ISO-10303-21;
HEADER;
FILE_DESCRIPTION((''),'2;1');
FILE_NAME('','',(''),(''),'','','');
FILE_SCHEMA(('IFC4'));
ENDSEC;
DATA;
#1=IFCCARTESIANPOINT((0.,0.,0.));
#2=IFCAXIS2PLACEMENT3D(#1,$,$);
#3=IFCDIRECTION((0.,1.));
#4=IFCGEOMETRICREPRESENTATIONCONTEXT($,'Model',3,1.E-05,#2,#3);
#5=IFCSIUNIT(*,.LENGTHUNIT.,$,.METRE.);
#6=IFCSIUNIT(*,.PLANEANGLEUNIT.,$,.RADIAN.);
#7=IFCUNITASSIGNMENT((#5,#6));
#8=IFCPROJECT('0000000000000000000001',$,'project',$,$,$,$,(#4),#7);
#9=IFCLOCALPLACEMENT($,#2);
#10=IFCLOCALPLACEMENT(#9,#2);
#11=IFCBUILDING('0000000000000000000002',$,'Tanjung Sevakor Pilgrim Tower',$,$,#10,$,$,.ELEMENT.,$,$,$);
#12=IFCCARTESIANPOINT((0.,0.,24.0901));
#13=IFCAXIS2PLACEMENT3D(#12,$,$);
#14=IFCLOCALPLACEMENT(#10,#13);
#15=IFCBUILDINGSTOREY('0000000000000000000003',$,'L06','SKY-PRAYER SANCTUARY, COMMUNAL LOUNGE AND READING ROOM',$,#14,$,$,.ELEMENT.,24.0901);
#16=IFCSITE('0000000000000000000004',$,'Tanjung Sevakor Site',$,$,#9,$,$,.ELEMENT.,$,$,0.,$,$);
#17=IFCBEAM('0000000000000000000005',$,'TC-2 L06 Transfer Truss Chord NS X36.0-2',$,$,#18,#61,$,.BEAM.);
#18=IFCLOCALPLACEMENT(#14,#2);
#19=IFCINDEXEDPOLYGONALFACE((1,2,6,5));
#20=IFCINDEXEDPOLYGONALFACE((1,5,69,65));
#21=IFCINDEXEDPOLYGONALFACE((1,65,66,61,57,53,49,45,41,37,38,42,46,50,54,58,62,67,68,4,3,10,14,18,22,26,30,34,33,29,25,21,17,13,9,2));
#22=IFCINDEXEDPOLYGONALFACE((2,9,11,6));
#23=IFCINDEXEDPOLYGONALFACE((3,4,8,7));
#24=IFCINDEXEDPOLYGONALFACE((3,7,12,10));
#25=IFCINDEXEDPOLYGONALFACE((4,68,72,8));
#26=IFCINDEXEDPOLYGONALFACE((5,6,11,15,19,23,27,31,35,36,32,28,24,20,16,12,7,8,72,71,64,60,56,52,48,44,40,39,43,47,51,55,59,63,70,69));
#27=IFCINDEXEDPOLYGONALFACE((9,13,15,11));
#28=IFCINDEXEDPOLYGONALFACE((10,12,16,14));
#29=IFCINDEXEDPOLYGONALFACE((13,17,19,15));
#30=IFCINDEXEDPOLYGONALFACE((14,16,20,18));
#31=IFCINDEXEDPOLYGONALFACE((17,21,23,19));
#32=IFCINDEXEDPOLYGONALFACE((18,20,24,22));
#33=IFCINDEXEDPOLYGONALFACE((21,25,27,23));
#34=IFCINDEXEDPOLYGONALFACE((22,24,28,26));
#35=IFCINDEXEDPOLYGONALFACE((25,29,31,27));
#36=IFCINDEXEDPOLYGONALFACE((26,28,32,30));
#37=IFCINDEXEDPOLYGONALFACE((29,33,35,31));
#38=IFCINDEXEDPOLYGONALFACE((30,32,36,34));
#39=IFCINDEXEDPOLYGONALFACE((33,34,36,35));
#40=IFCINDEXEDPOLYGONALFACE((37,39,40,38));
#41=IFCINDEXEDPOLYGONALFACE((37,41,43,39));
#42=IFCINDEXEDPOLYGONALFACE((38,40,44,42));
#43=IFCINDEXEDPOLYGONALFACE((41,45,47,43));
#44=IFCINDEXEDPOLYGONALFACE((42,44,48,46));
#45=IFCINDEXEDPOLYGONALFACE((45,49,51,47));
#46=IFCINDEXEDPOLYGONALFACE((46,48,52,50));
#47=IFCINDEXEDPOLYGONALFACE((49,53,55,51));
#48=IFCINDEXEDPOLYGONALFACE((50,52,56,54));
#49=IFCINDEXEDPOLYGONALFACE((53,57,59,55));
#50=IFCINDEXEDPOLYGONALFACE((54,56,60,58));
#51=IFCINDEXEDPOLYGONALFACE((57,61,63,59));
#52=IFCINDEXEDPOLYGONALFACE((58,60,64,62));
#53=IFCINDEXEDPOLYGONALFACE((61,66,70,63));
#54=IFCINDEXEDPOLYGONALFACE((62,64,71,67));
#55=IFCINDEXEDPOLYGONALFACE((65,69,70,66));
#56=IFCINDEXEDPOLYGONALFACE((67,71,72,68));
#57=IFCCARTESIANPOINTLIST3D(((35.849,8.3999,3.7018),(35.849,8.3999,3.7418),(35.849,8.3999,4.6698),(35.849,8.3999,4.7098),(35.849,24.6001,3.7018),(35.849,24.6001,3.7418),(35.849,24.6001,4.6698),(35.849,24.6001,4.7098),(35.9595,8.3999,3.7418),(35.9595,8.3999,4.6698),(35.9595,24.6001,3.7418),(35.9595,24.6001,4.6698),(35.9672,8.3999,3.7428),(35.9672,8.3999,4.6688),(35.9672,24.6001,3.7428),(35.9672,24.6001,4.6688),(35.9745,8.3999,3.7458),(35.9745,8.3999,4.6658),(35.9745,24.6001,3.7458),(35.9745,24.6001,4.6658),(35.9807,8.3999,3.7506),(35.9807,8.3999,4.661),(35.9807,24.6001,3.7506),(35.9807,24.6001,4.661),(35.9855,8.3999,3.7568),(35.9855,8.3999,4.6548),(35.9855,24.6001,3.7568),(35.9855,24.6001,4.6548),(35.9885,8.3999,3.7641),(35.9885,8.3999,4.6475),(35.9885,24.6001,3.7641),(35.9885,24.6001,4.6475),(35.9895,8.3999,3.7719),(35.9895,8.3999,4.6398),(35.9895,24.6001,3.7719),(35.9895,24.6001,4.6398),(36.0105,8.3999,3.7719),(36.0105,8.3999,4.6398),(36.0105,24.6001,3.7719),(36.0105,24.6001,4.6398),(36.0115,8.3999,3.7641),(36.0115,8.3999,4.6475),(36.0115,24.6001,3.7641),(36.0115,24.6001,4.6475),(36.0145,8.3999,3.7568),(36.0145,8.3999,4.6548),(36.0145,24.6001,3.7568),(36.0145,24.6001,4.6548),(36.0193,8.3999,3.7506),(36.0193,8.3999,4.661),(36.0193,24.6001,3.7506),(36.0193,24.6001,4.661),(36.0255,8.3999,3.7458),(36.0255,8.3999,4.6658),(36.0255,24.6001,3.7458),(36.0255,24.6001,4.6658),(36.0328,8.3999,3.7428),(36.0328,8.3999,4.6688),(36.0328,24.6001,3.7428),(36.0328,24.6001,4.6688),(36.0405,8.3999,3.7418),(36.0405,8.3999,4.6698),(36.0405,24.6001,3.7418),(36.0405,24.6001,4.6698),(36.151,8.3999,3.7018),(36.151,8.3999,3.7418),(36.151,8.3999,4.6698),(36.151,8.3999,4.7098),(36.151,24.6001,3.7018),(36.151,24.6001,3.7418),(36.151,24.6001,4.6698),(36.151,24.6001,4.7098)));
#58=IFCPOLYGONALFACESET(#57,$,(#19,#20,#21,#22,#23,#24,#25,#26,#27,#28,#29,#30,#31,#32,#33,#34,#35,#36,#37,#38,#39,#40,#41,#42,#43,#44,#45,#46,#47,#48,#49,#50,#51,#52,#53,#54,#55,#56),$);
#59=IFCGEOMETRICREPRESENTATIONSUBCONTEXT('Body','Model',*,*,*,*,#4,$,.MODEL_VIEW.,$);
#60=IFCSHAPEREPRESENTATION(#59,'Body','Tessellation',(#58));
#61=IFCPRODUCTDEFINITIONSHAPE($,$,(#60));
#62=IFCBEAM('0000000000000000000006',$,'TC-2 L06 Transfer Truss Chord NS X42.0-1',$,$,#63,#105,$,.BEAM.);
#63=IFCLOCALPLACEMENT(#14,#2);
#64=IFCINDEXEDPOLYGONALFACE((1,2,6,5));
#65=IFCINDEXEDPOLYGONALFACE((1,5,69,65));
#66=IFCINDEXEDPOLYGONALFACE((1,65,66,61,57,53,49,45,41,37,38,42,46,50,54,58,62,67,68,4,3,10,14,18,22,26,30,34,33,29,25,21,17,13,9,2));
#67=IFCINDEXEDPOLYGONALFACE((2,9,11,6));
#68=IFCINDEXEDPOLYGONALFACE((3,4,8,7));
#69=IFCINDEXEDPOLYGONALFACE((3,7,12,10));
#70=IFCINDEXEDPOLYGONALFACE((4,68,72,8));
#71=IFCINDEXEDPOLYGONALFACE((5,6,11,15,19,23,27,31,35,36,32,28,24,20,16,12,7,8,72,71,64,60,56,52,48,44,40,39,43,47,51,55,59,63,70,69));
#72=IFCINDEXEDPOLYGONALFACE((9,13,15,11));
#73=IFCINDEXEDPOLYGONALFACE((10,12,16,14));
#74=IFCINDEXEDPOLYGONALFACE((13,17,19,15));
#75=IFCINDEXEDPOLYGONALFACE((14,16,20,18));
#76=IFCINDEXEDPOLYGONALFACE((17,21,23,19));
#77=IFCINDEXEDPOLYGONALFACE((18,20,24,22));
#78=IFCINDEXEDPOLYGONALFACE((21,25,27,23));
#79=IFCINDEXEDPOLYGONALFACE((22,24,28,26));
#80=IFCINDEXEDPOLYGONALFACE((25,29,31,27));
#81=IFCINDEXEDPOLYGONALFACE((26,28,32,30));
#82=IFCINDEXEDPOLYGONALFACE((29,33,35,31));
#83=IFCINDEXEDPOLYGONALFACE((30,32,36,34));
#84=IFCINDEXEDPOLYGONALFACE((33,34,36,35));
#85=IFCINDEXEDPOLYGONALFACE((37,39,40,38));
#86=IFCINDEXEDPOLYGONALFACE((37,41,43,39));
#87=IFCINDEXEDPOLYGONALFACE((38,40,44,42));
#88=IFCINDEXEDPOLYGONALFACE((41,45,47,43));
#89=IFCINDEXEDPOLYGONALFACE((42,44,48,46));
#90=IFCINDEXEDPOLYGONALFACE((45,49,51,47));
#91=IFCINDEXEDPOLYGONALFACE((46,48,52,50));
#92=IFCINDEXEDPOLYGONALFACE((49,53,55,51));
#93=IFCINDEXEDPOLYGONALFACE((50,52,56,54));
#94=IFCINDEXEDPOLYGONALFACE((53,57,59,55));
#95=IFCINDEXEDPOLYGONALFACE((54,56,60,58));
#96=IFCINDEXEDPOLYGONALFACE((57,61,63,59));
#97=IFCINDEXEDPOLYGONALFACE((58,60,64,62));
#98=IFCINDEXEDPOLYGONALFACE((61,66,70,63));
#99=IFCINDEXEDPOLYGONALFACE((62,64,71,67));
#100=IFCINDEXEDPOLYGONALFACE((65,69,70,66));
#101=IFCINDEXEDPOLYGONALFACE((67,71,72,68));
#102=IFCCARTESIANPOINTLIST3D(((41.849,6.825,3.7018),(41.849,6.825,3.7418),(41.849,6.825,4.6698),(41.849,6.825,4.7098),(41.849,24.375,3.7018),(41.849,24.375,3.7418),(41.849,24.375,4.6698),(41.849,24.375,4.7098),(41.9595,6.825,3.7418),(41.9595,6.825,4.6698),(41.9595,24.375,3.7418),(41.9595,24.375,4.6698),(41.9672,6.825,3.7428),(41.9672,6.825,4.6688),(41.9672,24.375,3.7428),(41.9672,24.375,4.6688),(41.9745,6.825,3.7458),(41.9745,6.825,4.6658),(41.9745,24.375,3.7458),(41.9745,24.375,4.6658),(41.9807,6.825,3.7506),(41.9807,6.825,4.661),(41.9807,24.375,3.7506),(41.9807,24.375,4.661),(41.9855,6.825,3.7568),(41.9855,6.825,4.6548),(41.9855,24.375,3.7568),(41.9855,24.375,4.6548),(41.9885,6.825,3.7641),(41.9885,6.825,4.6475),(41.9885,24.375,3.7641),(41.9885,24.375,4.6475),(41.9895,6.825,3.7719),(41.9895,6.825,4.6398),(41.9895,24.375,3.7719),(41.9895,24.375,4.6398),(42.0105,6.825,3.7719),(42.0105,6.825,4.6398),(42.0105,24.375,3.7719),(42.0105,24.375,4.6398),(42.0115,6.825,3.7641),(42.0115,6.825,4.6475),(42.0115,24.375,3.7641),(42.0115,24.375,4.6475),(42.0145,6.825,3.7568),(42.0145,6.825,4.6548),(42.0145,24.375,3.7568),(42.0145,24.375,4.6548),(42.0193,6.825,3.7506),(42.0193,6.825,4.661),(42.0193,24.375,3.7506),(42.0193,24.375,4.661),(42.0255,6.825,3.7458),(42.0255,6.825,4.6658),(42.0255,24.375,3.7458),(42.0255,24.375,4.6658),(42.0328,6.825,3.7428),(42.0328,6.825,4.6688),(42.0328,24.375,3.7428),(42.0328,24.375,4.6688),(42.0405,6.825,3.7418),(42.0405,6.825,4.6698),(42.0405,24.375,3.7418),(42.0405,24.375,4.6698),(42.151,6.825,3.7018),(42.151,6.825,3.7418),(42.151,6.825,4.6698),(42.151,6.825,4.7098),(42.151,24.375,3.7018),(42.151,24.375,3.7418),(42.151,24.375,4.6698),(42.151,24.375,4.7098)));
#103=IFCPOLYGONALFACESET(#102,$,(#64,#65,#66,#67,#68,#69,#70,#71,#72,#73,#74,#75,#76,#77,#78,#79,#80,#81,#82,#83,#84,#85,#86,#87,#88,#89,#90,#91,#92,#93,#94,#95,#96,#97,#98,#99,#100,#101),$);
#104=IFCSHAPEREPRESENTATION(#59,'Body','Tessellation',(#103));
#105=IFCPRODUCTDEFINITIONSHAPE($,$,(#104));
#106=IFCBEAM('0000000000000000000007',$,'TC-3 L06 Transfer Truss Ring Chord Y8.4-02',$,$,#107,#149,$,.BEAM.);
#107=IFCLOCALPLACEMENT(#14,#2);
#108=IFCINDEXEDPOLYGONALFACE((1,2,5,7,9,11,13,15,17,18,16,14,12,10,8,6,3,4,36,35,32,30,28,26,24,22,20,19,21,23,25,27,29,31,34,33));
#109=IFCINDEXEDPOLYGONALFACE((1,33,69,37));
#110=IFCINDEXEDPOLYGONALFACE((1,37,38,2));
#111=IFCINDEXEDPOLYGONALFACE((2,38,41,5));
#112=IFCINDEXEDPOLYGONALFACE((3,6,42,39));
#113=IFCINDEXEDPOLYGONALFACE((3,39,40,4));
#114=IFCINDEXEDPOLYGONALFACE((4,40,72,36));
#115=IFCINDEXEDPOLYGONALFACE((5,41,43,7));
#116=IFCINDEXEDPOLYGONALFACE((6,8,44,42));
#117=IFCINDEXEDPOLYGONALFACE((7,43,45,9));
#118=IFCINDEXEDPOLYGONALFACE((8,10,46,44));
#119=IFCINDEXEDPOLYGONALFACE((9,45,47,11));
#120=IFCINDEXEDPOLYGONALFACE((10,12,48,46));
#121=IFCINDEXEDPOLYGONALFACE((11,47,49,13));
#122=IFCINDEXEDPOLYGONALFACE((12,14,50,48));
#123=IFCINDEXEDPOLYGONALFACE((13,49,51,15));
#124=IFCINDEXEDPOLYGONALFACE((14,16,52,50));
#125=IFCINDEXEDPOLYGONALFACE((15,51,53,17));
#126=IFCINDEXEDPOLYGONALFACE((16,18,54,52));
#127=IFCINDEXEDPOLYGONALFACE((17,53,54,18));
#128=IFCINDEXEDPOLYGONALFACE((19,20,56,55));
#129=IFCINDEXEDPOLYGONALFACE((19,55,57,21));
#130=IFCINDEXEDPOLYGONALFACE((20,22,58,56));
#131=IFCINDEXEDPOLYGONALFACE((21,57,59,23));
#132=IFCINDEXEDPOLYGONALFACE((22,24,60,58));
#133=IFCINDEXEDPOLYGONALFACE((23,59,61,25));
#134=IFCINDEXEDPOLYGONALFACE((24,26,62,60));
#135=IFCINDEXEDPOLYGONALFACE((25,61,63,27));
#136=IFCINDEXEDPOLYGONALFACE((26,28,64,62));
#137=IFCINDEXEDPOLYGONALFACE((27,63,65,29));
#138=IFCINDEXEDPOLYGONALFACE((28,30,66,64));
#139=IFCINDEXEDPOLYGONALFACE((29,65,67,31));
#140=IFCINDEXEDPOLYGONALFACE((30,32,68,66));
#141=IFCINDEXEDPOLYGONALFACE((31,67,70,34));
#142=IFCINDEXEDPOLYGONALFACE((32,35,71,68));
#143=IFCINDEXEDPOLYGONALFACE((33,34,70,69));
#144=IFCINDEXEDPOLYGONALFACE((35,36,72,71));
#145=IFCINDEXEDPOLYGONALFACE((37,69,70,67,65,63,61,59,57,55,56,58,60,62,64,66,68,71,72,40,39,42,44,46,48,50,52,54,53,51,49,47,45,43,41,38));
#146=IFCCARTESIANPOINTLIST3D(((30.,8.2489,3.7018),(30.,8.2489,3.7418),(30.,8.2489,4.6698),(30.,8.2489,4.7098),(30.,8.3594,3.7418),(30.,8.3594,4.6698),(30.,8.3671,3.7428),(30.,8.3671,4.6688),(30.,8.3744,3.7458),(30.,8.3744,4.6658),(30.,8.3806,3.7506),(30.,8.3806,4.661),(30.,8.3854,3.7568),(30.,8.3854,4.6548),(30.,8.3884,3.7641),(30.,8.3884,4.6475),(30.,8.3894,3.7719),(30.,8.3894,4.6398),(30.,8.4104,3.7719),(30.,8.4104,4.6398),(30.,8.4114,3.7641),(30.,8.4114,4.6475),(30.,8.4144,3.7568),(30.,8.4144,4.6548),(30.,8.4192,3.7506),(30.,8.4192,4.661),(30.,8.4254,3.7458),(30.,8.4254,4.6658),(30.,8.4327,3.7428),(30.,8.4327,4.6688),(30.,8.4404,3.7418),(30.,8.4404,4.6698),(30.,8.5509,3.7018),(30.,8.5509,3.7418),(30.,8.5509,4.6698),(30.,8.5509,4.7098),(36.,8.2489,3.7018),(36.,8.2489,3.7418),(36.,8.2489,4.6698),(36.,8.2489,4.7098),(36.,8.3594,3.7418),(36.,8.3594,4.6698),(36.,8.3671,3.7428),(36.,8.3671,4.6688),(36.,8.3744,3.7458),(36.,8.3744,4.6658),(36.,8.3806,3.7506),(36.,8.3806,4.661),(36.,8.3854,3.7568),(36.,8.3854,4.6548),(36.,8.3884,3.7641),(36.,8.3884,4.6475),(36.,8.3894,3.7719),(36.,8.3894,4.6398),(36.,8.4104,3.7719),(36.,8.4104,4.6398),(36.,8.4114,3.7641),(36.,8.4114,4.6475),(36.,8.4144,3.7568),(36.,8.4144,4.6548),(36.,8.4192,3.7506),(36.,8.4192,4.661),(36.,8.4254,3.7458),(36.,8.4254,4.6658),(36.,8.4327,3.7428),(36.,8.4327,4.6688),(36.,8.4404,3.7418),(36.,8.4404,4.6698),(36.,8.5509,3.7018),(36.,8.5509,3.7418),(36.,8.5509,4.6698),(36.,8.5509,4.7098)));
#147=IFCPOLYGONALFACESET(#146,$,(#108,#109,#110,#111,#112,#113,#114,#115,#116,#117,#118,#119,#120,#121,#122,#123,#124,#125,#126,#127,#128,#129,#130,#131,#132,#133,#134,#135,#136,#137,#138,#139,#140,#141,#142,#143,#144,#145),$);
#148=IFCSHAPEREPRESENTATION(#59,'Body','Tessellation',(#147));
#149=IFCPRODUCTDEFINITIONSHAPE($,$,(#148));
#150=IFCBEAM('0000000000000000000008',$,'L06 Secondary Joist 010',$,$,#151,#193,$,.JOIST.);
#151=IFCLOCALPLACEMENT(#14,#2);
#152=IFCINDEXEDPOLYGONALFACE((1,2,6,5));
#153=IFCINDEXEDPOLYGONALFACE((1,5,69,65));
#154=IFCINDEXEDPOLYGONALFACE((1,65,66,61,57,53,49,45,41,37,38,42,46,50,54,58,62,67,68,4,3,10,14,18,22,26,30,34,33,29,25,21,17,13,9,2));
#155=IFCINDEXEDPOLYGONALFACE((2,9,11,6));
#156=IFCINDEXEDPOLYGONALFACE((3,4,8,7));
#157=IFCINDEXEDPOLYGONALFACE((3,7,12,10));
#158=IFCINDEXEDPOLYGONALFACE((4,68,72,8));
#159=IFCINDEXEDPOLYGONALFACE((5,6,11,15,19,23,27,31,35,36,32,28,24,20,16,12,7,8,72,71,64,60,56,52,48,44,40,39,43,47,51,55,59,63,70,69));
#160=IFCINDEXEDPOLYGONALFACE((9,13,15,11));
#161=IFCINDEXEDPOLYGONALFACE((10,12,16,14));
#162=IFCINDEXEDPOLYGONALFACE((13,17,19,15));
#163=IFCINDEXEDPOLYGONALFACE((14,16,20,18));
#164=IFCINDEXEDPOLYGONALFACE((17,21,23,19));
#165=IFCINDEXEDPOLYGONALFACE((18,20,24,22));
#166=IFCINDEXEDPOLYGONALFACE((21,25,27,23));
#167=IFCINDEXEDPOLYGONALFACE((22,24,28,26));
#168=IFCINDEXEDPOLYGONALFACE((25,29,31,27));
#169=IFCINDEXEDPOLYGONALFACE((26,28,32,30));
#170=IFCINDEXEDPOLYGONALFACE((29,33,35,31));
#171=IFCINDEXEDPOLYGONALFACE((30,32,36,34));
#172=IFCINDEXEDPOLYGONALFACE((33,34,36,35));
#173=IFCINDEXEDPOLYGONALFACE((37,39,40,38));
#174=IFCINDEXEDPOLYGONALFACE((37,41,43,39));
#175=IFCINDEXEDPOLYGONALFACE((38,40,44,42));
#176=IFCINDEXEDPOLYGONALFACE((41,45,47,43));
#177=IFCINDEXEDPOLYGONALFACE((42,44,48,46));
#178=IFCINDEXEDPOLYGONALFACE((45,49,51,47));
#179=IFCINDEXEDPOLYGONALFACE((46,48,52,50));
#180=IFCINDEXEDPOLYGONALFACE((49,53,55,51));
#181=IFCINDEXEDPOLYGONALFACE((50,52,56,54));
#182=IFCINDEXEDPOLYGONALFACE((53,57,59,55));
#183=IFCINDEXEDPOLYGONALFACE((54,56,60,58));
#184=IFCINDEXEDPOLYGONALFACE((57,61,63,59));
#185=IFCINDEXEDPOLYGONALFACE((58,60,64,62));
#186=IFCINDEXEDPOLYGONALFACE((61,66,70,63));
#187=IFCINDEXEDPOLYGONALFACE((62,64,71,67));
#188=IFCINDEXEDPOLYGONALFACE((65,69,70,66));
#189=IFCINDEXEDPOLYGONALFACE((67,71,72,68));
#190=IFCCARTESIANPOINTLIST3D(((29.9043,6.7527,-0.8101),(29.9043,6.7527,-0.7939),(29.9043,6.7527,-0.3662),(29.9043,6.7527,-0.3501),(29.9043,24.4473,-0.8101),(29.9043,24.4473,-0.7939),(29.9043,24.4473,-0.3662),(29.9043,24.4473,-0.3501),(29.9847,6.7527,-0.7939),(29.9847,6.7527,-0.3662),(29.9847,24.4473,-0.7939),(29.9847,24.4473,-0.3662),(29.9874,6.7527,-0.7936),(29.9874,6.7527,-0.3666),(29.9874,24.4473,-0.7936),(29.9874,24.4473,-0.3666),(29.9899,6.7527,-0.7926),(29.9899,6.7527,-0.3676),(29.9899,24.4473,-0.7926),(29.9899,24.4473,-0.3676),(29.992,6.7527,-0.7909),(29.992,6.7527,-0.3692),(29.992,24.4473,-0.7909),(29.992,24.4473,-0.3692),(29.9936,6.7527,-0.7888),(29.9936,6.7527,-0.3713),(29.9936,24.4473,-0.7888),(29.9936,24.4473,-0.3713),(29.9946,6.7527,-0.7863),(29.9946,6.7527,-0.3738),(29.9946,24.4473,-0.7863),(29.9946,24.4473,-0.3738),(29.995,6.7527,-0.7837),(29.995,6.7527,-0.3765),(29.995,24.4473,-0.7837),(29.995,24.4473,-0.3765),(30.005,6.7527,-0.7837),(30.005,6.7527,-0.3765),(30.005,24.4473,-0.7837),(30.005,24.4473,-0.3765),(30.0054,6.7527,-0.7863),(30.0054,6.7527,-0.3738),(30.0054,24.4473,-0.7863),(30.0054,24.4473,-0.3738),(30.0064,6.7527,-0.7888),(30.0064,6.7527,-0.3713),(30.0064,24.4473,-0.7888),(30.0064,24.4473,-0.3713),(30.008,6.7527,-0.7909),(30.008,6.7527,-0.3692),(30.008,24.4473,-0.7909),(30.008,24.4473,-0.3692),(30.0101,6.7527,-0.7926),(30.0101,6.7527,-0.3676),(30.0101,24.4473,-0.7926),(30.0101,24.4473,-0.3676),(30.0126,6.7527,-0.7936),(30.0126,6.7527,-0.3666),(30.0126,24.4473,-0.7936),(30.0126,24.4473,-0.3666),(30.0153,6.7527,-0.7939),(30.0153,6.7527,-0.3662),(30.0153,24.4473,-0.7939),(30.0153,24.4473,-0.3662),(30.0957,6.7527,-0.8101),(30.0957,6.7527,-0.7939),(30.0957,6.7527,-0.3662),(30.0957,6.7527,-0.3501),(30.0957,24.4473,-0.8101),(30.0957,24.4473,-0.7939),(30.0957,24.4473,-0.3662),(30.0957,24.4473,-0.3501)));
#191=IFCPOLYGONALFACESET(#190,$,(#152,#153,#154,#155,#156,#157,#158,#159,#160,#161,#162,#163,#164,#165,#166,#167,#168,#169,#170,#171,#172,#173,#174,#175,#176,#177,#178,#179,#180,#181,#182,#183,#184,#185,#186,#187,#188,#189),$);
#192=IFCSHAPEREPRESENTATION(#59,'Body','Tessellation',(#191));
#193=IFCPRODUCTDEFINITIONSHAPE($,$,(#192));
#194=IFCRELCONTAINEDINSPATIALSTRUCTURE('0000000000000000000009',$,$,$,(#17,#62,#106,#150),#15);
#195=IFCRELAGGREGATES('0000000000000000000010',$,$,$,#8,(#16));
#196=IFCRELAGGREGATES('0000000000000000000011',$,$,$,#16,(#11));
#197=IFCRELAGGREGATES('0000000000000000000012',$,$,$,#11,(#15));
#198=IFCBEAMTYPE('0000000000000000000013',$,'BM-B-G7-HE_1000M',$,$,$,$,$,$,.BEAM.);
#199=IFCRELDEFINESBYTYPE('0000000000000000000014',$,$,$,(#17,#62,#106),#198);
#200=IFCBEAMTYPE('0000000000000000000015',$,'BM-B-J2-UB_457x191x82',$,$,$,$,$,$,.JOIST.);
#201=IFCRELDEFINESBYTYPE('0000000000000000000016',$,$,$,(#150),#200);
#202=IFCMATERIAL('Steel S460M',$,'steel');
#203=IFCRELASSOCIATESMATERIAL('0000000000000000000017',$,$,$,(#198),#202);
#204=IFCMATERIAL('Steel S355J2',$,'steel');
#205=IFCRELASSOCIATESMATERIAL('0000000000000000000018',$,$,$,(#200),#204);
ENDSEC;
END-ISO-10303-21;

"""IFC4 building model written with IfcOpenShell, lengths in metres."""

from ifc_helpers import new_model, si_unit, direction, frame, origin, origin_2d, place, context, subcontext, project, spatial, i_section, extrude, material, material_profile, profile_set, type_object, element, save


model = new_model("IFC4")

# Units and contexts
model_context = context("Model", 3, precision=1e-05, world=origin(), true_north=direction((0.0, 1.0)))
body_context = subcontext(model_context, "Body", "Model", "MODEL_VIEW")
ifc_project = project(units=[si_unit("LENGTHUNIT", "METRE"), si_unit("PLANEANGLEUNIT", "RADIAN")], contexts=[model_context])

# Site, building, storey
site_placement = place(None, origin())
site = spatial("IfcSite", under=ifc_project, at=site_placement, Name="Tanjung Sevakor Site", CompositionType="ELEMENT", RefElevation=0.0)
building_placement = place(site_placement, origin())
building = spatial("IfcBuilding", under=site, at=building_placement, Name="Tanjung Sevakor Pilgrim Tower", CompositionType="ELEMENT")
storey_placement = place(building_placement, frame((0.0, 0.0, 24.0901)))
storey = spatial("IfcBuildingStorey", under=building, at=storey_placement, Name="L06", Description="SKY-PRAYER SANCTUARY, COMMUNAL LOUNGE AND READING ROOM", CompositionType="ELEMENT", Elevation=24.0901)

# Beams
ifc_material_1 = material(Name="Steel S460M", Category="steel")
ifc_material_profile_1 = material_profile(ifc_material_1, i_section(OverallWidth=0.302, OverallDepth=1.0081, WebThickness=0.021, FlangeThickness=0.04, FilletRadius=0.03, at=origin_2d()))
ifc_profile_set_1 = profile_set([ifc_material_profile_1], Name="Steel S460M")
beam_type_1 = type_object("IfcBeamType", Name="BM-B-G7-HE_1000M", PredefinedType="BEAM", material=ifc_profile_set_1)
beam_1_placement = place(storey_placement, frame((36.0, 8.3999, 4.2058), z_axis=(0.0, 1.0, 0.0), x_axis=(-1.0, 0.0, 0.0)))
element("IfcBeam", 1, at=beam_1_placement, inside=storey, type_object=beam_type_1, Name="TC-2 L06 Transfer Truss Chord NS X36.0-2", PredefinedType="BEAM", context=body_context, shape_type="SweptSolid", body=[
    extrude(i_section(OverallWidth=0.302, OverallDepth=1.0081, WebThickness=0.021, FlangeThickness=0.04, FilletRadius=0.03, at=origin_2d()), origin(), (0.0, 0.0, 1.0), 16.2002),
])
beam_2_placement = place(storey_placement, frame((42.0, 6.825, 4.2058), z_axis=(0.0, 1.0, 0.0), x_axis=(-1.0, 0.0, 0.0)))
element("IfcBeam", 2, at=beam_2_placement, inside=storey, type_object=beam_type_1, Name="TC-2 L06 Transfer Truss Chord NS X42.0-1", PredefinedType="BEAM", context=body_context, shape_type="SweptSolid", body=[
    extrude(i_section(OverallWidth=0.302, OverallDepth=1.0081, WebThickness=0.021, FlangeThickness=0.04, FilletRadius=0.03, at=origin_2d()), origin(), (0.0, 0.0, 1.0), 17.55),
])
beam_3_placement = place(storey_placement, frame((30.0, 8.3999, 4.2058), z_axis=(1.0, 0.0, 0.0), x_axis=(0.0, 1.0, 0.0)))
element("IfcBeam", 3, at=beam_3_placement, inside=storey, type_object=beam_type_1, Name="TC-3 L06 Transfer Truss Ring Chord Y8.4-02", PredefinedType="BEAM", context=body_context, shape_type="SweptSolid", body=[
    extrude(i_section(OverallWidth=0.302, OverallDepth=1.0081, WebThickness=0.021, FlangeThickness=0.04, FilletRadius=0.03, at=origin_2d()), origin(), (0.0, 0.0, 1.0), 6.0),
])
ifc_material_2 = material(Name="Steel S355J2", Category="steel")
ifc_material_profile_2 = material_profile(ifc_material_2, i_section(OverallWidth=0.1914, OverallDepth=0.46, WebThickness=0.01, FlangeThickness=0.0161, FilletRadius=0.0103, at=origin_2d()))
ifc_profile_set_2 = profile_set([ifc_material_profile_2], Name="Steel S355J2")
beam_type_2 = type_object("IfcBeamType", Name="BM-B-J2-UB_457x191x82", PredefinedType="JOIST", material=ifc_profile_set_2)
for number, where, z_axis, x_axis, name in (
    (4, (30.0, 6.7527, -0.5801), (0.0, 1.0, 0.0), (-1.0, 0.0, 0.0), "L06 Secondary Joist 010"),
):
    element("IfcBeam", number, at=place(storey_placement, frame(where, z_axis=z_axis, x_axis=x_axis)), inside=storey, type_object=beam_type_2, Name=name, PredefinedType="JOIST", context=body_context, shape_type="SweptSolid", body=[
        extrude(i_section(OverallWidth=0.1914, OverallDepth=0.46, WebThickness=0.01, FlangeThickness=0.0161, FilletRadius=0.0103, at=origin_2d()), origin(), (0.0, 0.0, 1.0), 17.6946),
    ])

save(model, "model.ifc")
